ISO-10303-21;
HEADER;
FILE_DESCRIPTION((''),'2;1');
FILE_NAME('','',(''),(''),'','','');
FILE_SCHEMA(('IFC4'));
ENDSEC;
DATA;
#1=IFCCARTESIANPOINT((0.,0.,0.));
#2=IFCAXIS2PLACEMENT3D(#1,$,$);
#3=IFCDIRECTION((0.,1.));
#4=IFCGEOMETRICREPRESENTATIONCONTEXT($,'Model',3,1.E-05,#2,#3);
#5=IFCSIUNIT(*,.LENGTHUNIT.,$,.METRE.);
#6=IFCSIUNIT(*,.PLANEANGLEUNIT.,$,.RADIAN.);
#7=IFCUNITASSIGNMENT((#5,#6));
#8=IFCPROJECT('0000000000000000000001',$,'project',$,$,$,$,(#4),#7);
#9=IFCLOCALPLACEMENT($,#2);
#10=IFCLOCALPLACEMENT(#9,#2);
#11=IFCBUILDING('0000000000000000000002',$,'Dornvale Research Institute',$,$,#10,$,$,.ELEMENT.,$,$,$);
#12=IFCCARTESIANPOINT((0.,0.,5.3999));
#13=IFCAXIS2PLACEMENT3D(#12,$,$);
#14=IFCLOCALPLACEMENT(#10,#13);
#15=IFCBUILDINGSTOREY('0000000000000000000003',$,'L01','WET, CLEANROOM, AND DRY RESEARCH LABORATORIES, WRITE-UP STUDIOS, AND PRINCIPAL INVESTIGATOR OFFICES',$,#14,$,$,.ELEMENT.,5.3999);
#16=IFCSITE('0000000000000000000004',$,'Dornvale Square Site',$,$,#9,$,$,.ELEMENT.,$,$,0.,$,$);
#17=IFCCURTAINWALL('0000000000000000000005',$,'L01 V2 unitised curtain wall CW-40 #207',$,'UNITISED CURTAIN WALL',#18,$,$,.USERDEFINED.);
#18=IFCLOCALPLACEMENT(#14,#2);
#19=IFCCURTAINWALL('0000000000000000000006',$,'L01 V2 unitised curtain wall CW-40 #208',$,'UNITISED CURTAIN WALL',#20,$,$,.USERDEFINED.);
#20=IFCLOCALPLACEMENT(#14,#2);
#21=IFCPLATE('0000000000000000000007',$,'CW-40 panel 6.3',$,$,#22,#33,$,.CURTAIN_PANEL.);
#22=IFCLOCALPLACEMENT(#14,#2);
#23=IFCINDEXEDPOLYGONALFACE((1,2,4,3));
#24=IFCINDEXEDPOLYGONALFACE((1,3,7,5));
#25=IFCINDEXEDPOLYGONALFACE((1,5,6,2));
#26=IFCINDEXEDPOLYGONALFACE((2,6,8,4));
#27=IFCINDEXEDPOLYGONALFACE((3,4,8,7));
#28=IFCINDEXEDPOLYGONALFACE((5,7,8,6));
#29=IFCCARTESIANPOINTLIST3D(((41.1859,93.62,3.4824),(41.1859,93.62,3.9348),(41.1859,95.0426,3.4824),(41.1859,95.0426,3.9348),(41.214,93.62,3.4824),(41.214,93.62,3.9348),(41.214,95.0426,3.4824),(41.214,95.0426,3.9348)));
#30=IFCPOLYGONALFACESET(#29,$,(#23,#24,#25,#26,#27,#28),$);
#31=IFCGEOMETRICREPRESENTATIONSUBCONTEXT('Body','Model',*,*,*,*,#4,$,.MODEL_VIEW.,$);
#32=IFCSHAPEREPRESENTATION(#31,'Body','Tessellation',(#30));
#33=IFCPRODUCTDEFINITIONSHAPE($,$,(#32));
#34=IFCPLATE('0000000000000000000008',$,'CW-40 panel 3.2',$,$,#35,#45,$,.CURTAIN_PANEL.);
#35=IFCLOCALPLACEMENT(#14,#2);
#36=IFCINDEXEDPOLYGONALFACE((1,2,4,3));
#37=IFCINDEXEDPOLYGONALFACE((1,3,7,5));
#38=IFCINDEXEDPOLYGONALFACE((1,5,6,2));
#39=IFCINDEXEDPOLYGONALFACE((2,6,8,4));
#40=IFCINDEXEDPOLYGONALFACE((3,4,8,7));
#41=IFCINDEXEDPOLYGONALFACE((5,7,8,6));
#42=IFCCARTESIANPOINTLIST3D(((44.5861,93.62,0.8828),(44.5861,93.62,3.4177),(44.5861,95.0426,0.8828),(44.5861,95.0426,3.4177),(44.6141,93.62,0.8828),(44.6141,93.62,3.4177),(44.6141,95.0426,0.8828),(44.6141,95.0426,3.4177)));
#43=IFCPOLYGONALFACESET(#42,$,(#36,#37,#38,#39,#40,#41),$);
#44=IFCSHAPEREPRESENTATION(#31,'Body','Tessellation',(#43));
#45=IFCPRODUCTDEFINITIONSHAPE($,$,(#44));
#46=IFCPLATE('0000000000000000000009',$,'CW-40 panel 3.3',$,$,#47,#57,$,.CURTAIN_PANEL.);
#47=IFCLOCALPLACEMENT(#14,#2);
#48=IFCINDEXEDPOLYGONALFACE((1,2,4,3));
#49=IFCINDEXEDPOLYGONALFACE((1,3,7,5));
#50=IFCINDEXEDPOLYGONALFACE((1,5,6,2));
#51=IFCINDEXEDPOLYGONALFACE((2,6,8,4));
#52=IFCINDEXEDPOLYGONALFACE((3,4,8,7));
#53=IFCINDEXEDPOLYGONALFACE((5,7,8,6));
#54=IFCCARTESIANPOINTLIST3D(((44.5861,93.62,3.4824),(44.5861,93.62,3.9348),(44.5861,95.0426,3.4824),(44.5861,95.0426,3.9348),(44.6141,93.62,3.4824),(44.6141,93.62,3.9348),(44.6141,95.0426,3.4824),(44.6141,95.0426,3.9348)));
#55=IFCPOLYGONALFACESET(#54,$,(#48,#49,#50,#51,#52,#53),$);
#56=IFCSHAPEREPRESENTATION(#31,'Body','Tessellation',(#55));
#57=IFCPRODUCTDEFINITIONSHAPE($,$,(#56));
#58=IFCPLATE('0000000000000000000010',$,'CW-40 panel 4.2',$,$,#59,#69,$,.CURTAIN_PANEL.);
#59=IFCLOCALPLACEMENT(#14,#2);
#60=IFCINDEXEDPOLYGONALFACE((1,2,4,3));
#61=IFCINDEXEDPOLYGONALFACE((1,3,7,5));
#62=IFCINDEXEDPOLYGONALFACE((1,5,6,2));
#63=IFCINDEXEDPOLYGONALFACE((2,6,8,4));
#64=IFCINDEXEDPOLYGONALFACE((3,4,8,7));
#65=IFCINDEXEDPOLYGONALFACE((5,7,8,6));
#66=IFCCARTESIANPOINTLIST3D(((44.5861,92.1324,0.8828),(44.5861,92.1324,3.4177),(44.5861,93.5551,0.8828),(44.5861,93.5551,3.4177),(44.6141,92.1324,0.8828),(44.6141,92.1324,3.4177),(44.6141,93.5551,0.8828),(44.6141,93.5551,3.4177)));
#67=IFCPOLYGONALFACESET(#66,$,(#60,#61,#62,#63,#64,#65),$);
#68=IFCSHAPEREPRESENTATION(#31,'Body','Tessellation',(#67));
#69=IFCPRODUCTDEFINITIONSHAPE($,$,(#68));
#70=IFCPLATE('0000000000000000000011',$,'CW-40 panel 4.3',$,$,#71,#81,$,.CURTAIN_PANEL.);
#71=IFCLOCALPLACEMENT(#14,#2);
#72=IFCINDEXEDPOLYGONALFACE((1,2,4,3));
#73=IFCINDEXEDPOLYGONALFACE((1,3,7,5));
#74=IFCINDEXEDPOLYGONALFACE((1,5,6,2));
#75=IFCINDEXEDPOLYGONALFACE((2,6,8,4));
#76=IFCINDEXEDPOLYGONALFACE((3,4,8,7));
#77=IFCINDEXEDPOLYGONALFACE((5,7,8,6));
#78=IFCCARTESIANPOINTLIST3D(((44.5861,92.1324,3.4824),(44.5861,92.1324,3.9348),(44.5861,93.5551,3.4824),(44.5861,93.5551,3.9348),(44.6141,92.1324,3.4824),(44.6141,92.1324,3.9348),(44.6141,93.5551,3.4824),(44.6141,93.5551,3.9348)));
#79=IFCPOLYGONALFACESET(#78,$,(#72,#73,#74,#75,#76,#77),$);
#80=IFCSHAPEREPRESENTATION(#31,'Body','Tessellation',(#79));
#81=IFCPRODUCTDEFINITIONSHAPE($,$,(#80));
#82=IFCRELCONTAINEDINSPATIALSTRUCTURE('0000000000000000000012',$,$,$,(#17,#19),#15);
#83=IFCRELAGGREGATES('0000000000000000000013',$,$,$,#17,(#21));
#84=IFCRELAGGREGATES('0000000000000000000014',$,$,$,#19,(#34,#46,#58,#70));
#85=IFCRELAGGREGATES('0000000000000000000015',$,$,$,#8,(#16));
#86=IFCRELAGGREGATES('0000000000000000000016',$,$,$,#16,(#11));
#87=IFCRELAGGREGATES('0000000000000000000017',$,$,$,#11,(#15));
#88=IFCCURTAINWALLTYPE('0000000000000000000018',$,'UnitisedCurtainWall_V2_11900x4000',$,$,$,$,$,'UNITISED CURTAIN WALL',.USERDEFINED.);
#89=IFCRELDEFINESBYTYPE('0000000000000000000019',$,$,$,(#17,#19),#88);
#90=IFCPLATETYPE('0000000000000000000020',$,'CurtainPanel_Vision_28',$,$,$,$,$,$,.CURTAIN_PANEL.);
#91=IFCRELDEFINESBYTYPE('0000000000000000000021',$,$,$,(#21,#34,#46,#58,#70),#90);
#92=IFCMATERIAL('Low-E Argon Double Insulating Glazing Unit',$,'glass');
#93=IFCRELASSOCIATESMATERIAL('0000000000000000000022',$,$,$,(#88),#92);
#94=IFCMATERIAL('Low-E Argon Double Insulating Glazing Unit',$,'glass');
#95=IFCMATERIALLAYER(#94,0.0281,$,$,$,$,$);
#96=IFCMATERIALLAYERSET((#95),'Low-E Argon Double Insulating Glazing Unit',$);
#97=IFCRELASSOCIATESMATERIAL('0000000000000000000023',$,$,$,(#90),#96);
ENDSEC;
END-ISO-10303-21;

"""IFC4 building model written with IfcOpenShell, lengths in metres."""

from ifc_helpers import new_model, si_unit, direction, frame, origin, origin_2d, place, context, subcontext, project, spatial, rectangle, extrude, material, layer, layer_set, type_object, element, aggregate, save


model = new_model("IFC4")

# Units and contexts
model_context = context("Model", 3, precision=1e-05, world=origin(), true_north=direction((0.0, 1.0)))
body_context = subcontext(model_context, "Body", "Model", "MODEL_VIEW")
ifc_project = project(units=[si_unit("LENGTHUNIT", "METRE"), si_unit("PLANEANGLEUNIT", "RADIAN")], contexts=[model_context])

# Site, building, storey
site_placement = place(None, origin())
site = spatial("IfcSite", under=ifc_project, at=site_placement, Name="Dornvale Square Site", CompositionType="ELEMENT", RefElevation=0.0)
building_placement = place(site_placement, origin())
building = spatial("IfcBuilding", under=site, at=building_placement, Name="Dornvale Research Institute", CompositionType="ELEMENT")
storey_placement = place(building_placement, frame((0.0, 0.0, 5.3999)))
storey = spatial("IfcBuildingStorey", under=building, at=storey_placement, Name="L01", Description="WET, CLEANROOM, AND DRY RESEARCH LABORATORIES, WRITE-UP STUDIOS, AND PRINCIPAL INVESTIGATOR OFFICES", CompositionType="ELEMENT", Elevation=5.3999)

# Curtain walls
ifc_material_1 = material(Name="Low-E Argon Double Insulating Glazing Unit", Category="glass")
curtain_wall_type = type_object("IfcCurtainWallType", Name="UnitisedCurtainWall_V2_11900x4000", ElementType="UNITISED CURTAIN WALL", PredefinedType="USERDEFINED", material=ifc_material_1)
curtain_wall_1_placement = place(storey_placement, origin())
curtain_wall_1 = element("IfcCurtainWall", 1, at=curtain_wall_1_placement, inside=storey, type_object=curtain_wall_type, Name="L01 V2 unitised curtain wall CW-40 #207", ObjectType="UNITISED CURTAIN WALL", PredefinedType="USERDEFINED")
curtain_wall_2_placement = place(storey_placement, origin())
curtain_wall_2 = element("IfcCurtainWall", 2, at=curtain_wall_2_placement, inside=storey, type_object=curtain_wall_type, Name="L01 V2 unitised curtain wall CW-40 #208", ObjectType="UNITISED CURTAIN WALL", PredefinedType="USERDEFINED")

# Plates
ifc_material_2 = material(Name="Low-E Argon Double Insulating Glazing Unit", Category="glass")
ifc_layer_1 = layer(ifc_material_2, 0.0281)
ifc_layer_set_1 = layer_set([ifc_layer_1], Name="Low-E Argon Double Insulating Glazing Unit")
plate_type_1 = type_object("IfcPlateType", Name="CurtainPanel_Vision_28", PredefinedType="CURTAIN_PANEL", material=ifc_layer_set_1)
plate_1_placement = place(storey_placement, frame((41.2, 94.3313, 3.4824), z_axis=(0.0, 0.0, 1.0), x_axis=(0.0, 1.0, 0.0)))
plate_1 = element("IfcPlate", 3, at=plate_1_placement, type_object=plate_type_1, Name="CW-40 panel 6.3", PredefinedType="CURTAIN_PANEL", context=body_context, shape_type="SweptSolid", body=[
    extrude(rectangle(XDim=1.4226, YDim=0.0281, at=origin_2d()), origin(), (0.0, 0.0, 1.0), 0.4524),
])
aggregate(curtain_wall_1, [plate_1])
plate_2_placement = place(storey_placement, frame((44.6001, 94.3313, 0.8828), z_axis=(0.0, 0.0, 1.0), x_axis=(0.0, -1.0, 0.0)))
plate_2 = element("IfcPlate", 4, at=plate_2_placement, type_object=plate_type_1, Name="CW-40 panel 3.2", PredefinedType="CURTAIN_PANEL", context=body_context, shape_type="SweptSolid", body=[
    extrude(rectangle(XDim=1.4226, YDim=0.0281, at=origin_2d()), origin(), (0.0, 0.0, 1.0), 2.5349),
])
plate_3_placement = place(storey_placement, frame((44.6001, 94.3313, 3.4824), z_axis=(0.0, 0.0, 1.0), x_axis=(0.0, -1.0, 0.0)))
plate_3 = element("IfcPlate", 5, at=plate_3_placement, type_object=plate_type_1, Name="CW-40 panel 3.3", PredefinedType="CURTAIN_PANEL", context=body_context, shape_type="SweptSolid", body=[
    extrude(rectangle(XDim=1.4226, YDim=0.0281, at=origin_2d()), origin(), (0.0, 0.0, 1.0), 0.4524),
])
plate_4_placement = place(storey_placement, frame((44.6001, 92.8438, 0.8828), z_axis=(0.0, 0.0, 1.0), x_axis=(0.0, -1.0, 0.0)))
plate_4 = element("IfcPlate", 6, at=plate_4_placement, type_object=plate_type_1, Name="CW-40 panel 4.2", PredefinedType="CURTAIN_PANEL", context=body_context, shape_type="SweptSolid", body=[
    extrude(rectangle(XDim=1.4226, YDim=0.0281, at=origin_2d()), origin(), (0.0, 0.0, 1.0), 2.5349),
])
plate_5_placement = place(storey_placement, frame((44.6001, 92.8438, 3.4824), z_axis=(0.0, 0.0, 1.0), x_axis=(0.0, -1.0, 0.0)))
plate_5 = element("IfcPlate", 7, at=plate_5_placement, type_object=plate_type_1, Name="CW-40 panel 4.3", PredefinedType="CURTAIN_PANEL", context=body_context, shape_type="SweptSolid", body=[
    extrude(rectangle(XDim=1.4226, YDim=0.0281, at=origin_2d()), origin(), (0.0, 0.0, 1.0), 0.4524),
])
aggregate(curtain_wall_2, [plate_2, plate_3, plate_4, plate_5])

save(model, "model.ifc")
